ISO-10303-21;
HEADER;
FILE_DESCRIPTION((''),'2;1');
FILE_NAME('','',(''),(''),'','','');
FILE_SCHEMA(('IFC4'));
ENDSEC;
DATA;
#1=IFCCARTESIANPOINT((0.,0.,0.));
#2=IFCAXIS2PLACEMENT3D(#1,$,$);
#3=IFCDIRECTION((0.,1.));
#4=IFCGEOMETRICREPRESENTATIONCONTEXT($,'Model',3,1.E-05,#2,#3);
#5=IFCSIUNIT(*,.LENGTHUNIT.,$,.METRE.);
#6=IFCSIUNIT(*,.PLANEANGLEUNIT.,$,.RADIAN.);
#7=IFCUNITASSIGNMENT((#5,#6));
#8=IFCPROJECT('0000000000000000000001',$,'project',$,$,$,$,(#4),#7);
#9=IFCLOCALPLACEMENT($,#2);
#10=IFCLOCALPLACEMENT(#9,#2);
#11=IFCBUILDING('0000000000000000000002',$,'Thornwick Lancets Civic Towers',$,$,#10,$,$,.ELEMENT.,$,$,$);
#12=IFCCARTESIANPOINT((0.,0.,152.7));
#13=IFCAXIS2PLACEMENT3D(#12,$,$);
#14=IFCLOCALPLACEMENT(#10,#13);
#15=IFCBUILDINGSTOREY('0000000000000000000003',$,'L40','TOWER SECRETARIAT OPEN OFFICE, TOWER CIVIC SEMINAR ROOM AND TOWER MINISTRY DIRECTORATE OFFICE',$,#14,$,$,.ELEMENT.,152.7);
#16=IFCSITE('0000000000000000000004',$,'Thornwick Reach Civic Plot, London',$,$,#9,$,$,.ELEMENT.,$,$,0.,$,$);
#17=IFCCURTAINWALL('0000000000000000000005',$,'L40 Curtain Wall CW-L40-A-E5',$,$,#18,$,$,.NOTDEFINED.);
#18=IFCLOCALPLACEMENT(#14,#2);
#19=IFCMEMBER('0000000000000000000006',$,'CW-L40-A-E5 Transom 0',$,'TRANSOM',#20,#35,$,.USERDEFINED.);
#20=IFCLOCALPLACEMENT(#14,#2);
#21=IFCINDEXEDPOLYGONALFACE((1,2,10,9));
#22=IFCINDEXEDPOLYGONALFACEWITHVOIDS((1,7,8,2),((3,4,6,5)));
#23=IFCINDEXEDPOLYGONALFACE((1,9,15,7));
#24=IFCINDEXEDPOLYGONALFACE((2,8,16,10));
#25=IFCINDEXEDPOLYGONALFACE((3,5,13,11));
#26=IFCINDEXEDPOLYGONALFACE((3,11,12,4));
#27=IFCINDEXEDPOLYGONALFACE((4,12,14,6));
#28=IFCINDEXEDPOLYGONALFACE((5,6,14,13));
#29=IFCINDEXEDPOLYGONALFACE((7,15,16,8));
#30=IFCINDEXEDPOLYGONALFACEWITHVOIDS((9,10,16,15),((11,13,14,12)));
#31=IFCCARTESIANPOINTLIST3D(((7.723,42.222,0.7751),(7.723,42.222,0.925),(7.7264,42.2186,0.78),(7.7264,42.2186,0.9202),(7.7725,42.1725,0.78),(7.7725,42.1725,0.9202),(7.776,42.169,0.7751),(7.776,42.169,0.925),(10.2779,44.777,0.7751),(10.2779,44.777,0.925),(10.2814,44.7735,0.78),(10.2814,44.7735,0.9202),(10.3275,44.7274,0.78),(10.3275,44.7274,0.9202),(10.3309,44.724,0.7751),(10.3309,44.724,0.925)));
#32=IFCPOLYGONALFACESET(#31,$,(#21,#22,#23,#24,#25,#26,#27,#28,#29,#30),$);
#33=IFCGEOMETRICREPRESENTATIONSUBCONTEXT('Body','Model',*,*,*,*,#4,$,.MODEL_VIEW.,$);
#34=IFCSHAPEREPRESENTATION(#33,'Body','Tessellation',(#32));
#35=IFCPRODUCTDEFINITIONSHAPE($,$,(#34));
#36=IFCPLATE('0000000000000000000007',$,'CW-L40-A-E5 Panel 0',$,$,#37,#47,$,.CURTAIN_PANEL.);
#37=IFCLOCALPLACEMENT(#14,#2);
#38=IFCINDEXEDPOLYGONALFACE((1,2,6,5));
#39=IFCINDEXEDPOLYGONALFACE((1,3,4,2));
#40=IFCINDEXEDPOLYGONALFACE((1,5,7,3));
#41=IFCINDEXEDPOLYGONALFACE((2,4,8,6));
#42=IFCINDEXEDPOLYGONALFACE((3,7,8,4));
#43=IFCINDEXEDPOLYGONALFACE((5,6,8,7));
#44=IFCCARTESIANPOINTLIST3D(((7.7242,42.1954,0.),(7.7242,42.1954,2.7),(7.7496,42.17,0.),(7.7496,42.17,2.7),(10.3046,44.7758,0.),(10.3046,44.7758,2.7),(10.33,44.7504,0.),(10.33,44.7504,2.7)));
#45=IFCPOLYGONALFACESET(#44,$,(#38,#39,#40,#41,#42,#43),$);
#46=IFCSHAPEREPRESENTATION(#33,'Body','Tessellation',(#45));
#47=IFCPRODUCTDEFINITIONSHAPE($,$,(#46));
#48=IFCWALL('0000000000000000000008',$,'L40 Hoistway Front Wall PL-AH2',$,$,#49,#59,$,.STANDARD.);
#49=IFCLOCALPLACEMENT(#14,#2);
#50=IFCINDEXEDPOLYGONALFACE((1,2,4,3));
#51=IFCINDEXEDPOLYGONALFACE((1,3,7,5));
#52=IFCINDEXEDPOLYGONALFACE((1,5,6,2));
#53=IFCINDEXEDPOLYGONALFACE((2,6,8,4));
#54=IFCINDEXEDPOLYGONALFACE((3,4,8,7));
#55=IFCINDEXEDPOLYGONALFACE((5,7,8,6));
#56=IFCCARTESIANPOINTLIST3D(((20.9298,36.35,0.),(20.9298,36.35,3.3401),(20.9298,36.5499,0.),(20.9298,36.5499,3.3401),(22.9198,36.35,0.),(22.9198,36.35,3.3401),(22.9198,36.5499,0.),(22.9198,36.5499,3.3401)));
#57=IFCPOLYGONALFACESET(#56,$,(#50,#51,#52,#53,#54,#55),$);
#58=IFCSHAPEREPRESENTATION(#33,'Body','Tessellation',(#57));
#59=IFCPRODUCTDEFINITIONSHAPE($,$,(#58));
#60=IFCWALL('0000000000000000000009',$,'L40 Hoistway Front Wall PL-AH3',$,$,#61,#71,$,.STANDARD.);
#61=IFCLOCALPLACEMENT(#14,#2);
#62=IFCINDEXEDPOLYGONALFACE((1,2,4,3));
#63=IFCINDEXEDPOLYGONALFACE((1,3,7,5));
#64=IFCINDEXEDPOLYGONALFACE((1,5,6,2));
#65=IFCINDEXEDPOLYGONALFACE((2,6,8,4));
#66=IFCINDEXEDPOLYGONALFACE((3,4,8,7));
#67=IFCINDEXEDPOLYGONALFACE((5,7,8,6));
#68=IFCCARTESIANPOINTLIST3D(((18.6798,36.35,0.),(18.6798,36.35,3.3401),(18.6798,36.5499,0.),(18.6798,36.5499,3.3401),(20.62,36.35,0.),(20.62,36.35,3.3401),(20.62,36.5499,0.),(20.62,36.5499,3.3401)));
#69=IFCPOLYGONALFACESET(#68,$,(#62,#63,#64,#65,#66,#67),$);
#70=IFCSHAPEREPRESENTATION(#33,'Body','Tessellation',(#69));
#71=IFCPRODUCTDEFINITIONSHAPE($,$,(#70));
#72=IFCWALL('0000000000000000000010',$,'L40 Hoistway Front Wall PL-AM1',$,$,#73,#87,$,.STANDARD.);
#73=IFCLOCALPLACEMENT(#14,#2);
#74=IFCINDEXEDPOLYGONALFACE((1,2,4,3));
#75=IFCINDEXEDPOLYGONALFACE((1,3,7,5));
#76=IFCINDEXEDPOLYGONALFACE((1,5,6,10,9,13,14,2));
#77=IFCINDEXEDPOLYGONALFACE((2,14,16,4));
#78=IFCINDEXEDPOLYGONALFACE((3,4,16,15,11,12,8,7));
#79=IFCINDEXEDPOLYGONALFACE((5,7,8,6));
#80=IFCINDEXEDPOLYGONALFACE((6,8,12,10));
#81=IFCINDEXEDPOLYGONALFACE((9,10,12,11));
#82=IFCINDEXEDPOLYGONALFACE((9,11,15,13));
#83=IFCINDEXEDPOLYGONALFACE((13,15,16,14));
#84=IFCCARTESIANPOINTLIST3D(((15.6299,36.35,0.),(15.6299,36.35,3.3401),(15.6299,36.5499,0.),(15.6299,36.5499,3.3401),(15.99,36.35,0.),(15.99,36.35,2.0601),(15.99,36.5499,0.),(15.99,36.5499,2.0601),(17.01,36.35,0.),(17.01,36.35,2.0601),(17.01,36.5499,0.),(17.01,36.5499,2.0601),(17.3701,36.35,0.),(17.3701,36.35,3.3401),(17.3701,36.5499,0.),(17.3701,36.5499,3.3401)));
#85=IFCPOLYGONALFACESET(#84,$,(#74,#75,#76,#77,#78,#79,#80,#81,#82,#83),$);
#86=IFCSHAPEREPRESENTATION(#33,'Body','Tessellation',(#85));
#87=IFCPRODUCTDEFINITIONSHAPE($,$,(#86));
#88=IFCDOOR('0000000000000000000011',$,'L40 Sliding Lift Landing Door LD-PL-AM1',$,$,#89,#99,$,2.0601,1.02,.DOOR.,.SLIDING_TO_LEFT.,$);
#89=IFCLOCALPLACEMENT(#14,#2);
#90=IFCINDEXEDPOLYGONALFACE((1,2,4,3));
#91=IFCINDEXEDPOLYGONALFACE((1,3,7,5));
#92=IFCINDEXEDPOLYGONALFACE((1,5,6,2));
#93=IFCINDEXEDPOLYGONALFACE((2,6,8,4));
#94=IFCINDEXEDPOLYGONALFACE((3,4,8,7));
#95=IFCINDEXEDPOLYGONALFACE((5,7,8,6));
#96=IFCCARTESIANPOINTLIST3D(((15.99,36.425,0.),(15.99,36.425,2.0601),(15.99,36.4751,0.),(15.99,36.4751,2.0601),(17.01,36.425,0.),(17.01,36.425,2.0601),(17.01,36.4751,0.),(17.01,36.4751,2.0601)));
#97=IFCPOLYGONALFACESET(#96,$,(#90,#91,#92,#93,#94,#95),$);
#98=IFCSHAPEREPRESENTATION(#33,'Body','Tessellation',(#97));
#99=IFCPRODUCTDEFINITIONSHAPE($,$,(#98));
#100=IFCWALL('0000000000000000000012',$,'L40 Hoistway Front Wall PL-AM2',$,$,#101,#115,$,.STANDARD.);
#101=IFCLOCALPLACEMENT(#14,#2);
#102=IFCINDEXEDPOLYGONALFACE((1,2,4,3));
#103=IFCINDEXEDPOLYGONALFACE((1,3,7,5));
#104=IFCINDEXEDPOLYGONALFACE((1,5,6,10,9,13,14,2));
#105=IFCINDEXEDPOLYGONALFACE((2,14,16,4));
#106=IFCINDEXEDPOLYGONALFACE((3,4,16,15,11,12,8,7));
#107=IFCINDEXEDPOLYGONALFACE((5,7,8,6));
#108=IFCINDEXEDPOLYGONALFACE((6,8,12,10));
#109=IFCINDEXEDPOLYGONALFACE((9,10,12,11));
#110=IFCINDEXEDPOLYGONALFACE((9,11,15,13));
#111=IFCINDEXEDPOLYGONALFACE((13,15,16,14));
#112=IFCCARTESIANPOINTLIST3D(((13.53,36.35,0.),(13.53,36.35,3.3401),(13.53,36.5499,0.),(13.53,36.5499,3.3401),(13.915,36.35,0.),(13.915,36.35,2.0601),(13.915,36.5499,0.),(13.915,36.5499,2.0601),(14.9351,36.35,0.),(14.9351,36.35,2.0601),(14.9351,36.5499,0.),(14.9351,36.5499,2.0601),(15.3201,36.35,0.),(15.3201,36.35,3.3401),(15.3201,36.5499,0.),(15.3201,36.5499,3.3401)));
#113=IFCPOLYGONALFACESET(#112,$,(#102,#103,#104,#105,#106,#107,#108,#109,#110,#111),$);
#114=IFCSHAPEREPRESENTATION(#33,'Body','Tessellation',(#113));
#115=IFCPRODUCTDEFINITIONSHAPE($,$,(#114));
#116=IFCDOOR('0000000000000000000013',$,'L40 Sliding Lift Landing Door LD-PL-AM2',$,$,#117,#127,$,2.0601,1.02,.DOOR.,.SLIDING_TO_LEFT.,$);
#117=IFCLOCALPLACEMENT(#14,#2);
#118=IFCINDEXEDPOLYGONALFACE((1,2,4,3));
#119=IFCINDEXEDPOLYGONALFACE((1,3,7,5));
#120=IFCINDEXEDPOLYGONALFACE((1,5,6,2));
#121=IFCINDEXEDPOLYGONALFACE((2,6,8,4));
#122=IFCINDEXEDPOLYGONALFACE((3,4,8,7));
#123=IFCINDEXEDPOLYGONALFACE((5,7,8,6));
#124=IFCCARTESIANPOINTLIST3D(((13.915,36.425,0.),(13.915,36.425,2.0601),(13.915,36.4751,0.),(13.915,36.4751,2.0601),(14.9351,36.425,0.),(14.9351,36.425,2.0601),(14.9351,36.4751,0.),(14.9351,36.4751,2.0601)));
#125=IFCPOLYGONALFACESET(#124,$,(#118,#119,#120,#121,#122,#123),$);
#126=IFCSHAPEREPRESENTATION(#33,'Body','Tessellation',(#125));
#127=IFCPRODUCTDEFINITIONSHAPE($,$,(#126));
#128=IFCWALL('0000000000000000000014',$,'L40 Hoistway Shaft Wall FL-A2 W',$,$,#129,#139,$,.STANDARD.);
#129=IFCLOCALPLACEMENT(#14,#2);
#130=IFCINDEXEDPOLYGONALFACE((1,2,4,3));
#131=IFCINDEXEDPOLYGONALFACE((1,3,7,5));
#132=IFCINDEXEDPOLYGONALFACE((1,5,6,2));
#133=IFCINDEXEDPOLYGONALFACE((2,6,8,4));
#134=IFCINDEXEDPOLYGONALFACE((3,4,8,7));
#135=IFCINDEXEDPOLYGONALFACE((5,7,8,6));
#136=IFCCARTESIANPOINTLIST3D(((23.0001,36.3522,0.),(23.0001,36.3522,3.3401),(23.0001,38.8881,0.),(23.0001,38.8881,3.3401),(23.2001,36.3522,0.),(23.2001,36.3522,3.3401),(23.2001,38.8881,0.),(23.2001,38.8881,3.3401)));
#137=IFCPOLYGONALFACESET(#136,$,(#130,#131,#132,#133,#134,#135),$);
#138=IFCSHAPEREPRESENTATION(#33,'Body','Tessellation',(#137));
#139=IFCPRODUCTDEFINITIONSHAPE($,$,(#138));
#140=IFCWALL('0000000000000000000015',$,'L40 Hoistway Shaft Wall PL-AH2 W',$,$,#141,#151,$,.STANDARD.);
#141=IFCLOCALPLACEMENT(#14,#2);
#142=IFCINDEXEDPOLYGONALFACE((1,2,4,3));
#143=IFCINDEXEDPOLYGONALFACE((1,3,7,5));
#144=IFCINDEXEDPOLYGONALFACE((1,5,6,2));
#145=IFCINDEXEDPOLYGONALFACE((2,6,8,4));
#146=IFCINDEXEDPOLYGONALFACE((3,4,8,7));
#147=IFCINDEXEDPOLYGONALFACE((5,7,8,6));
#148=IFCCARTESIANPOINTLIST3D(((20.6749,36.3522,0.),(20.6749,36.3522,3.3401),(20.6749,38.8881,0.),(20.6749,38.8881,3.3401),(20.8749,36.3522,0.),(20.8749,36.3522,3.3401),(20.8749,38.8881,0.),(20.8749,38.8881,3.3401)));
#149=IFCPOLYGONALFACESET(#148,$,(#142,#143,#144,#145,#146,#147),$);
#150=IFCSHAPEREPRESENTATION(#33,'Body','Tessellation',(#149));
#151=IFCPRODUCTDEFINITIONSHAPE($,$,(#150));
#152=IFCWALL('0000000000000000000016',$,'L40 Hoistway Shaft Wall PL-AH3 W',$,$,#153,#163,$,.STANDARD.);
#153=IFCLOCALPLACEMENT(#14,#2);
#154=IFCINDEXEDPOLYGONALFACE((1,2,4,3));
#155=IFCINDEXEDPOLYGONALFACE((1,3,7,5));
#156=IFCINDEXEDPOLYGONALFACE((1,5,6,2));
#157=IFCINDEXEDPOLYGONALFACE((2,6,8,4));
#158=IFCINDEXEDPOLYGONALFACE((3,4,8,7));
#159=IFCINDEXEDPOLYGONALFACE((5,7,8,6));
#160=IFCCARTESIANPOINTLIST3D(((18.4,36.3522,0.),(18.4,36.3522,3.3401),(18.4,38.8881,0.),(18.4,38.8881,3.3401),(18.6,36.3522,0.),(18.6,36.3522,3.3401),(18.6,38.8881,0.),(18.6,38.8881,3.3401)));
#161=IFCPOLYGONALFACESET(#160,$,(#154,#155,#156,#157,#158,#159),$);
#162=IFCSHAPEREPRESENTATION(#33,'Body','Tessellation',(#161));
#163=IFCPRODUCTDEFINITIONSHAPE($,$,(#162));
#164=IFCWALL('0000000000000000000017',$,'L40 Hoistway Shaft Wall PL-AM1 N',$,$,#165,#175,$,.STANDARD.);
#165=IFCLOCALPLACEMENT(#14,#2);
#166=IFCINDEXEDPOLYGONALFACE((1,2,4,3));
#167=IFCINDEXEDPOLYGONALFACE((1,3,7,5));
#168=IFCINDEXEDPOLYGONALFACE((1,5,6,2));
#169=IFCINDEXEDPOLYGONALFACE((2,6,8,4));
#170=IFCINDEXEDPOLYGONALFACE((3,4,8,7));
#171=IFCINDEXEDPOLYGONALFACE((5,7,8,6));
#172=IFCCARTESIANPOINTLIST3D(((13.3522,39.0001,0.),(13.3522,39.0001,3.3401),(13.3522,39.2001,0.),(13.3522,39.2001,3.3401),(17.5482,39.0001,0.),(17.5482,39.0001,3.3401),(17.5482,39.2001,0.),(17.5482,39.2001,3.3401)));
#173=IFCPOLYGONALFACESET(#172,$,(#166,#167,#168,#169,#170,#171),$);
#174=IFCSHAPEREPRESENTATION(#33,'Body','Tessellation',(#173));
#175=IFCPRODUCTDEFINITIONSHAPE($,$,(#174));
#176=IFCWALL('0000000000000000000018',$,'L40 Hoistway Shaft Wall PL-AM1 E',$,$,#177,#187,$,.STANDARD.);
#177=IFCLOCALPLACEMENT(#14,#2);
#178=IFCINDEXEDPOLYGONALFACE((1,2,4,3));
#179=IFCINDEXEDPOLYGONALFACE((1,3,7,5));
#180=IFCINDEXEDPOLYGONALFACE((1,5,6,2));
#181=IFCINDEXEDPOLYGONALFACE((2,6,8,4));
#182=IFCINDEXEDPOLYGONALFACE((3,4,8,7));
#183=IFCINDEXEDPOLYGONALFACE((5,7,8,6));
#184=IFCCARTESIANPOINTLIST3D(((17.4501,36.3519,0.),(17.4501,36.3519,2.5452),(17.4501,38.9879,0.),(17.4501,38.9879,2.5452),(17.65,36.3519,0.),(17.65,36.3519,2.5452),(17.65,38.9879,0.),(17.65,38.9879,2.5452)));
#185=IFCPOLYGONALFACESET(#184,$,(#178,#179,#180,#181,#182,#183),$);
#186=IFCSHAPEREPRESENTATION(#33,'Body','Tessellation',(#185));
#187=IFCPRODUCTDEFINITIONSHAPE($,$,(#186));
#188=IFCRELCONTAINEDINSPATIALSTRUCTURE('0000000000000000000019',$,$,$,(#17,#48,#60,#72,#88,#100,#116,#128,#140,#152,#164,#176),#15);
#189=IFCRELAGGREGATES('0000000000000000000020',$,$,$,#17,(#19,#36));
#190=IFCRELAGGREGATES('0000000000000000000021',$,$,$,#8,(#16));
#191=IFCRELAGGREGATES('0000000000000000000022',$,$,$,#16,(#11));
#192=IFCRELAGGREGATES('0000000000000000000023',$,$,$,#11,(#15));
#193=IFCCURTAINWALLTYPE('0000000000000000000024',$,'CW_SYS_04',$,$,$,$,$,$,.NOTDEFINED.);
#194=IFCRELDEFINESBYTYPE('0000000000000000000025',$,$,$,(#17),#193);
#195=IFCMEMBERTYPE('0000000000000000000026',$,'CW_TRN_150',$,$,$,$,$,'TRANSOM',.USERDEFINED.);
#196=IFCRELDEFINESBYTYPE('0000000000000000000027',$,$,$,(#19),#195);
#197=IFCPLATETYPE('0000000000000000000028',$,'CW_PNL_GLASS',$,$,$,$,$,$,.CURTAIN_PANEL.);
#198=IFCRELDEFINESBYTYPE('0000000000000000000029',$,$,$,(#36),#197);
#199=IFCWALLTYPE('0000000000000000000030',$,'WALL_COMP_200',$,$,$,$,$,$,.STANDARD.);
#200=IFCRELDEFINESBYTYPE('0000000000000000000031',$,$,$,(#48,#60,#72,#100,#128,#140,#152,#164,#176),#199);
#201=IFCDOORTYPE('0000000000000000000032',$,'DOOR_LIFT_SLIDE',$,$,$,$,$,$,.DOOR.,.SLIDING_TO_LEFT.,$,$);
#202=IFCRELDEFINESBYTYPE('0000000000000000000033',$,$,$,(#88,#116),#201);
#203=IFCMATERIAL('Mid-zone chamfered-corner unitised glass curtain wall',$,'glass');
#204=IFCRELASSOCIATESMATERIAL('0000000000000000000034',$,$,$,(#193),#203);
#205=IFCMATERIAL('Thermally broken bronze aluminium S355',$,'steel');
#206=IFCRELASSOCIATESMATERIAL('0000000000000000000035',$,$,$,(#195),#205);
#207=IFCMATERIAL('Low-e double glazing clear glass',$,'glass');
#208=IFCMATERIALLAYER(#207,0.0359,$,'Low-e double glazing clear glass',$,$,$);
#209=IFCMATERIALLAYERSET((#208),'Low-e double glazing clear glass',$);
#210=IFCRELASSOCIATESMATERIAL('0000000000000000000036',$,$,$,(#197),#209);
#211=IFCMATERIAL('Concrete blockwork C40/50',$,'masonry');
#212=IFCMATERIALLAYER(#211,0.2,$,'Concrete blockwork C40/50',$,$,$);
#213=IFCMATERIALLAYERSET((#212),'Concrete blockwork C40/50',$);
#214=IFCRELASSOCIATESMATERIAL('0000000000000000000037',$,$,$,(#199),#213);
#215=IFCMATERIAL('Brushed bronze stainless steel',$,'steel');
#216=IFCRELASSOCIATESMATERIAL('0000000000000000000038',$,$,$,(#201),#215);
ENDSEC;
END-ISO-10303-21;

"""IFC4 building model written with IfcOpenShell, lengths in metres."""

from ifc_helpers import new_model, si_unit, direction, frame, frame_2d, origin, origin_2d, place, context, subcontext, project, spatial, rectangle, hollow_rectangle, extrude, material, layer, layer_set, material_profile, profile_set, type_object, element, fill, aggregate, save


model = new_model("IFC4")

# Units and contexts
model_context = context("Model", 3, precision=1e-05, world=origin(), true_north=direction((0.0, 1.0)))
body_context = subcontext(model_context, "Body", "Model", "MODEL_VIEW")
ifc_project = project(units=[si_unit("LENGTHUNIT", "METRE"), si_unit("PLANEANGLEUNIT", "RADIAN")], contexts=[model_context])

# Site, building, storey
site_placement = place(None, origin())
site = spatial("IfcSite", under=ifc_project, at=site_placement, Name="Thornwick Reach Civic Plot, London", CompositionType="ELEMENT", RefElevation=0.0)
building_placement = place(site_placement, origin())
building = spatial("IfcBuilding", under=site, at=building_placement, Name="Thornwick Lancets Civic Towers", CompositionType="ELEMENT")
storey_placement = place(building_placement, frame((0.0, 0.0, 152.7)))
storey = spatial("IfcBuildingStorey", under=building, at=storey_placement, Name="L40", Description="TOWER SECRETARIAT OPEN OFFICE, TOWER CIVIC SEMINAR ROOM AND TOWER MINISTRY DIRECTORATE OFFICE", CompositionType="ELEMENT", Elevation=152.7)

# Curtain wall, member, plate
ifc_material_1 = material(Name="Mid-zone chamfered-corner unitised glass curtain wall", Category="glass")
curtain_wall_type = type_object("IfcCurtainWallType", Name="CW_SYS_04", PredefinedType="NOTDEFINED", material=ifc_material_1)
curtain_wall_placement = place(storey_placement, origin())
curtain_wall = element("IfcCurtainWall", 1, at=curtain_wall_placement, inside=storey, type_object=curtain_wall_type, Name="L40 Curtain Wall CW-L40-A-E5", PredefinedType="NOTDEFINED")
ifc_material_2 = material(Name="Thermally broken bronze aluminium S355", Category="steel")
ifc_material_profile_1 = material_profile(ifc_material_2, hollow_rectangle(XDim=0.075, YDim=0.1499, WallThickness=0.0049, at=origin_2d()), Name="RHS 150x75x5")
ifc_profile_set_1 = profile_set([ifc_material_profile_1], Name="Thermally broken bronze aluminium S355")
member_type_1 = type_object("IfcMemberType", Name="CW_TRN_150", ElementType="TRANSOM", PredefinedType="USERDEFINED", material=ifc_profile_set_1)
member_1_placement = place(storey_placement, frame((10.3044, 44.7505, 0.8501), z_axis=(-0.707107, -0.707107, 0.0), x_axis=(0.707107, -0.707107, 0.0)))
member_1 = element("IfcMember", 2, at=member_1_placement, type_object=member_type_1, Name="CW-L40-A-E5 Transom 0", ObjectType="TRANSOM", PredefinedType="USERDEFINED", context=body_context, shape_type="SweptSolid", body=[
    extrude(hollow_rectangle(XDim=0.075, YDim=0.1499, WallThickness=0.0049, at=origin_2d()), origin(), (0.0, 0.0, 1.0), 3.6133),
])
ifc_material_3 = material(Name="Low-e double glazing clear glass", Category="glass")
ifc_layer_1 = layer(ifc_material_3, 0.0359, Name="Low-e double glazing clear glass")
ifc_layer_set_1 = layer_set([ifc_layer_1], Name="Low-e double glazing clear glass")
plate_type = type_object("IfcPlateType", Name="CW_PNL_GLASS", PredefinedType="CURTAIN_PANEL", material=ifc_layer_set_1)
plate_placement = place(storey_placement, frame((9.0271, 43.4729, 0.0), z_axis=(0.0, 0.0, 1.0), x_axis=(-0.707107, -0.707107, 0.0)))
plate = element("IfcPlate", 3, at=plate_placement, type_object=plate_type, Name="CW-L40-A-E5 Panel 0", PredefinedType="CURTAIN_PANEL", context=body_context, shape_type="SweptSolid", body=[
    extrude(rectangle(XDim=3.6492, YDim=0.0359, at=origin_2d()), origin(), (0.0, 0.0, 1.0), 2.7),
])
aggregate(curtain_wall, [member_1, plate])

# Walls
ifc_material_4 = material(Name="Concrete blockwork C40/50", Category="masonry")
ifc_layer_2 = layer(ifc_material_4, 0.2, Name="Concrete blockwork C40/50")
ifc_layer_set_2 = layer_set([ifc_layer_2], Name="Concrete blockwork C40/50")
wall_type_1 = type_object("IfcWallType", Name="WALL_COMP_200", PredefinedType="STANDARD", material=ifc_layer_set_2)
wall_1_placement = place(storey_placement, frame((22.9199, 36.45, 0.0), z_axis=(0.0, 0.0, 1.0), x_axis=(-1.0, 0.0, 0.0)))
element("IfcWall", 4, at=wall_1_placement, inside=storey, type_object=wall_type_1, Name="L40 Hoistway Front Wall PL-AH2", PredefinedType="STANDARD", context=body_context, shape_type="SweptSolid", body=[
    extrude(rectangle(XDim=1.99, YDim=0.2, at=frame_2d((0.9951, 0.0))), origin(), (0.0, 0.0, 1.0), 3.3401),
])
wall_2_placement = place(storey_placement, frame((20.6201, 36.45, 0.0), z_axis=(0.0, 0.0, 1.0), x_axis=(-1.0, 0.0, 0.0)))
element("IfcWall", 5, at=wall_2_placement, inside=storey, type_object=wall_type_1, Name="L40 Hoistway Front Wall PL-AH3", PredefinedType="STANDARD", context=body_context, shape_type="SweptSolid", body=[
    extrude(rectangle(XDim=1.9402, YDim=0.2, at=frame_2d((0.9702, 0.0))), origin(), (0.0, 0.0, 1.0), 3.3401),
])

# Walls, openings, doors
wall_3_placement = place(storey_placement, frame((17.3701, 36.45, 0.0), z_axis=(0.0, 0.0, 1.0), x_axis=(-1.0, 0.0, 0.0)))
wall_3 = element("IfcWall", 6, at=wall_3_placement, inside=storey, type_object=wall_type_1, Name="L40 Hoistway Front Wall PL-AM1", PredefinedType="STANDARD", context=body_context, shape_type="SweptSolid", body=[
    extrude(rectangle(XDim=1.7402, YDim=0.2, at=frame_2d((0.8701, 0.0))), origin(), (0.0, 0.0, 1.0), 3.3401),
])
opening_1_placement = place(wall_3_placement, frame((0.3601, 0.0, 0.0)))
opening_1 = element("IfcOpeningElement", 7, at=opening_1_placement, cuts=wall_3, PredefinedType="OPENING", context=body_context, shape_type="SweptSolid", body=[
    extrude(rectangle(XDim=1.02, YDim=2.0601, at=frame_2d((0.51, 1.03))), frame((0.0, 0.1099, 0.0), z_axis=(0.0, -1.0, 0.0), x_axis=(1.0, 0.0, 0.0)), (0.0, 0.0, 1.0), 0.22),
])
ifc_material_5 = material(Name="Brushed bronze stainless steel", Category="steel")
door_type = type_object("IfcDoorType", Name="DOOR_LIFT_SLIDE", OperationType="SLIDING_TO_LEFT", PredefinedType="DOOR", material=ifc_material_5)
door_1_placement = place(opening_1_placement, origin())
door_1 = element("IfcDoor", 8, at=door_1_placement, inside=storey, type_object=door_type, Name="L40 Sliding Lift Landing Door LD-PL-AM1", OperationType="SLIDING_TO_LEFT", OverallHeight=2.0601, OverallWidth=1.02, PredefinedType="DOOR", context=body_context, shape_type="SweptSolid", body=[
    extrude(rectangle(XDim=1.02, YDim=2.0601, at=frame_2d((0.51, 1.03))), frame((0.0, 0.0249, 0.0), z_axis=(0.0, -1.0, 0.0), x_axis=(1.0, 0.0, 0.0)), (0.0, 0.0, 1.0), 0.05),
])
fill(opening_1, door_1)
wall_4_placement = place(storey_placement, frame((15.3201, 36.45, 0.0), z_axis=(0.0, 0.0, 1.0), x_axis=(-1.0, 0.0, 0.0)))
wall_4 = element("IfcWall", 9, at=wall_4_placement, inside=storey, type_object=wall_type_1, Name="L40 Hoistway Front Wall PL-AM2", PredefinedType="STANDARD", context=body_context, shape_type="SweptSolid", body=[
    extrude(rectangle(XDim=1.79, YDim=0.2, at=frame_2d((0.895, 0.0))), origin(), (0.0, 0.0, 1.0), 3.3401),
])
opening_2_placement = place(wall_4_placement, frame((0.385, 0.0, 0.0)))
opening_2 = element("IfcOpeningElement", 10, at=opening_2_placement, cuts=wall_4, PredefinedType="OPENING", context=body_context, shape_type="SweptSolid", body=[
    extrude(rectangle(XDim=1.02, YDim=2.0601, at=frame_2d((0.51, 1.03))), frame((0.0, 0.1099, 0.0), z_axis=(0.0, -1.0, 0.0), x_axis=(1.0, 0.0, 0.0)), (0.0, 0.0, 1.0), 0.22),
])
door_2_placement = place(opening_2_placement, origin())
door_2 = element("IfcDoor", 11, at=door_2_placement, inside=storey, type_object=door_type, Name="L40 Sliding Lift Landing Door LD-PL-AM2", OperationType="SLIDING_TO_LEFT", OverallHeight=2.0601, OverallWidth=1.02, PredefinedType="DOOR", context=body_context, shape_type="SweptSolid", body=[
    extrude(rectangle(XDim=1.02, YDim=2.0601, at=frame_2d((0.51, 1.03))), frame((0.0, 0.0249, 0.0), z_axis=(0.0, -1.0, 0.0), x_axis=(1.0, 0.0, 0.0)), (0.0, 0.0, 1.0), 0.05),
])
fill(opening_2, door_2)

# Walls
for number, where, z_axis, x_axis, name in (
    (12, (23.1001, 36.3521, 0.0), (0.0, 0.0, 1.0), (0.0, 1.0, 0.0), "L40 Hoistway Shaft Wall FL-A2 W"),
    (13, (20.7749, 36.3521, 0.0), (0.0, 0.0, 1.0), (0.0, 1.0, 0.0), "L40 Hoistway Shaft Wall PL-AH2 W"),
    (14, (18.5, 36.3521, 0.0), (0.0, 0.0, 1.0), (0.0, 1.0, 0.0), "L40 Hoistway Shaft Wall PL-AH3 W"),
):
    element("IfcWall", number, at=place(storey_placement, frame(where, z_axis=z_axis, x_axis=x_axis)), inside=storey, type_object=wall_type_1, Name=name, PredefinedType="STANDARD", context=body_context, shape_type="SweptSolid", body=[
        extrude(rectangle(XDim=2.5359, YDim=0.2, at=frame_2d((1.2681, 0.0))), origin(), (0.0, 0.0, 1.0), 3.3401),
    ])
wall_5_placement = place(storey_placement, frame((13.3521, 39.1001, 0.0), z_axis=(0.0, 0.0, 1.0), x_axis=(1.0, 0.0, 0.0)))
element("IfcWall", 15, at=wall_5_placement, inside=storey, type_object=wall_type_1, Name="L40 Hoistway Shaft Wall PL-AM1 N", PredefinedType="STANDARD", context=body_context, shape_type="SweptSolid", body=[
    extrude(rectangle(XDim=4.196, YDim=0.2, at=frame_2d((2.0981, 0.0))), origin(), (0.0, 0.0, 1.0), 3.3401),
])
wall_6_placement = place(storey_placement, frame((17.55, 36.3521, 0.0), z_axis=(0.0, 0.0, 1.0), x_axis=(0.0, 1.0, 0.0)))
element("IfcWall", 16, at=wall_6_placement, inside=storey, type_object=wall_type_1, Name="L40 Hoistway Shaft Wall PL-AM1 E", PredefinedType="STANDARD", context=body_context, shape_type="SweptSolid", body=[
    extrude(rectangle(XDim=2.636, YDim=0.2, at=frame_2d((1.3179, 0.0))), origin(), (0.0, 0.0, 1.0), 2.5452),
])

save(model, "model.ifc")
